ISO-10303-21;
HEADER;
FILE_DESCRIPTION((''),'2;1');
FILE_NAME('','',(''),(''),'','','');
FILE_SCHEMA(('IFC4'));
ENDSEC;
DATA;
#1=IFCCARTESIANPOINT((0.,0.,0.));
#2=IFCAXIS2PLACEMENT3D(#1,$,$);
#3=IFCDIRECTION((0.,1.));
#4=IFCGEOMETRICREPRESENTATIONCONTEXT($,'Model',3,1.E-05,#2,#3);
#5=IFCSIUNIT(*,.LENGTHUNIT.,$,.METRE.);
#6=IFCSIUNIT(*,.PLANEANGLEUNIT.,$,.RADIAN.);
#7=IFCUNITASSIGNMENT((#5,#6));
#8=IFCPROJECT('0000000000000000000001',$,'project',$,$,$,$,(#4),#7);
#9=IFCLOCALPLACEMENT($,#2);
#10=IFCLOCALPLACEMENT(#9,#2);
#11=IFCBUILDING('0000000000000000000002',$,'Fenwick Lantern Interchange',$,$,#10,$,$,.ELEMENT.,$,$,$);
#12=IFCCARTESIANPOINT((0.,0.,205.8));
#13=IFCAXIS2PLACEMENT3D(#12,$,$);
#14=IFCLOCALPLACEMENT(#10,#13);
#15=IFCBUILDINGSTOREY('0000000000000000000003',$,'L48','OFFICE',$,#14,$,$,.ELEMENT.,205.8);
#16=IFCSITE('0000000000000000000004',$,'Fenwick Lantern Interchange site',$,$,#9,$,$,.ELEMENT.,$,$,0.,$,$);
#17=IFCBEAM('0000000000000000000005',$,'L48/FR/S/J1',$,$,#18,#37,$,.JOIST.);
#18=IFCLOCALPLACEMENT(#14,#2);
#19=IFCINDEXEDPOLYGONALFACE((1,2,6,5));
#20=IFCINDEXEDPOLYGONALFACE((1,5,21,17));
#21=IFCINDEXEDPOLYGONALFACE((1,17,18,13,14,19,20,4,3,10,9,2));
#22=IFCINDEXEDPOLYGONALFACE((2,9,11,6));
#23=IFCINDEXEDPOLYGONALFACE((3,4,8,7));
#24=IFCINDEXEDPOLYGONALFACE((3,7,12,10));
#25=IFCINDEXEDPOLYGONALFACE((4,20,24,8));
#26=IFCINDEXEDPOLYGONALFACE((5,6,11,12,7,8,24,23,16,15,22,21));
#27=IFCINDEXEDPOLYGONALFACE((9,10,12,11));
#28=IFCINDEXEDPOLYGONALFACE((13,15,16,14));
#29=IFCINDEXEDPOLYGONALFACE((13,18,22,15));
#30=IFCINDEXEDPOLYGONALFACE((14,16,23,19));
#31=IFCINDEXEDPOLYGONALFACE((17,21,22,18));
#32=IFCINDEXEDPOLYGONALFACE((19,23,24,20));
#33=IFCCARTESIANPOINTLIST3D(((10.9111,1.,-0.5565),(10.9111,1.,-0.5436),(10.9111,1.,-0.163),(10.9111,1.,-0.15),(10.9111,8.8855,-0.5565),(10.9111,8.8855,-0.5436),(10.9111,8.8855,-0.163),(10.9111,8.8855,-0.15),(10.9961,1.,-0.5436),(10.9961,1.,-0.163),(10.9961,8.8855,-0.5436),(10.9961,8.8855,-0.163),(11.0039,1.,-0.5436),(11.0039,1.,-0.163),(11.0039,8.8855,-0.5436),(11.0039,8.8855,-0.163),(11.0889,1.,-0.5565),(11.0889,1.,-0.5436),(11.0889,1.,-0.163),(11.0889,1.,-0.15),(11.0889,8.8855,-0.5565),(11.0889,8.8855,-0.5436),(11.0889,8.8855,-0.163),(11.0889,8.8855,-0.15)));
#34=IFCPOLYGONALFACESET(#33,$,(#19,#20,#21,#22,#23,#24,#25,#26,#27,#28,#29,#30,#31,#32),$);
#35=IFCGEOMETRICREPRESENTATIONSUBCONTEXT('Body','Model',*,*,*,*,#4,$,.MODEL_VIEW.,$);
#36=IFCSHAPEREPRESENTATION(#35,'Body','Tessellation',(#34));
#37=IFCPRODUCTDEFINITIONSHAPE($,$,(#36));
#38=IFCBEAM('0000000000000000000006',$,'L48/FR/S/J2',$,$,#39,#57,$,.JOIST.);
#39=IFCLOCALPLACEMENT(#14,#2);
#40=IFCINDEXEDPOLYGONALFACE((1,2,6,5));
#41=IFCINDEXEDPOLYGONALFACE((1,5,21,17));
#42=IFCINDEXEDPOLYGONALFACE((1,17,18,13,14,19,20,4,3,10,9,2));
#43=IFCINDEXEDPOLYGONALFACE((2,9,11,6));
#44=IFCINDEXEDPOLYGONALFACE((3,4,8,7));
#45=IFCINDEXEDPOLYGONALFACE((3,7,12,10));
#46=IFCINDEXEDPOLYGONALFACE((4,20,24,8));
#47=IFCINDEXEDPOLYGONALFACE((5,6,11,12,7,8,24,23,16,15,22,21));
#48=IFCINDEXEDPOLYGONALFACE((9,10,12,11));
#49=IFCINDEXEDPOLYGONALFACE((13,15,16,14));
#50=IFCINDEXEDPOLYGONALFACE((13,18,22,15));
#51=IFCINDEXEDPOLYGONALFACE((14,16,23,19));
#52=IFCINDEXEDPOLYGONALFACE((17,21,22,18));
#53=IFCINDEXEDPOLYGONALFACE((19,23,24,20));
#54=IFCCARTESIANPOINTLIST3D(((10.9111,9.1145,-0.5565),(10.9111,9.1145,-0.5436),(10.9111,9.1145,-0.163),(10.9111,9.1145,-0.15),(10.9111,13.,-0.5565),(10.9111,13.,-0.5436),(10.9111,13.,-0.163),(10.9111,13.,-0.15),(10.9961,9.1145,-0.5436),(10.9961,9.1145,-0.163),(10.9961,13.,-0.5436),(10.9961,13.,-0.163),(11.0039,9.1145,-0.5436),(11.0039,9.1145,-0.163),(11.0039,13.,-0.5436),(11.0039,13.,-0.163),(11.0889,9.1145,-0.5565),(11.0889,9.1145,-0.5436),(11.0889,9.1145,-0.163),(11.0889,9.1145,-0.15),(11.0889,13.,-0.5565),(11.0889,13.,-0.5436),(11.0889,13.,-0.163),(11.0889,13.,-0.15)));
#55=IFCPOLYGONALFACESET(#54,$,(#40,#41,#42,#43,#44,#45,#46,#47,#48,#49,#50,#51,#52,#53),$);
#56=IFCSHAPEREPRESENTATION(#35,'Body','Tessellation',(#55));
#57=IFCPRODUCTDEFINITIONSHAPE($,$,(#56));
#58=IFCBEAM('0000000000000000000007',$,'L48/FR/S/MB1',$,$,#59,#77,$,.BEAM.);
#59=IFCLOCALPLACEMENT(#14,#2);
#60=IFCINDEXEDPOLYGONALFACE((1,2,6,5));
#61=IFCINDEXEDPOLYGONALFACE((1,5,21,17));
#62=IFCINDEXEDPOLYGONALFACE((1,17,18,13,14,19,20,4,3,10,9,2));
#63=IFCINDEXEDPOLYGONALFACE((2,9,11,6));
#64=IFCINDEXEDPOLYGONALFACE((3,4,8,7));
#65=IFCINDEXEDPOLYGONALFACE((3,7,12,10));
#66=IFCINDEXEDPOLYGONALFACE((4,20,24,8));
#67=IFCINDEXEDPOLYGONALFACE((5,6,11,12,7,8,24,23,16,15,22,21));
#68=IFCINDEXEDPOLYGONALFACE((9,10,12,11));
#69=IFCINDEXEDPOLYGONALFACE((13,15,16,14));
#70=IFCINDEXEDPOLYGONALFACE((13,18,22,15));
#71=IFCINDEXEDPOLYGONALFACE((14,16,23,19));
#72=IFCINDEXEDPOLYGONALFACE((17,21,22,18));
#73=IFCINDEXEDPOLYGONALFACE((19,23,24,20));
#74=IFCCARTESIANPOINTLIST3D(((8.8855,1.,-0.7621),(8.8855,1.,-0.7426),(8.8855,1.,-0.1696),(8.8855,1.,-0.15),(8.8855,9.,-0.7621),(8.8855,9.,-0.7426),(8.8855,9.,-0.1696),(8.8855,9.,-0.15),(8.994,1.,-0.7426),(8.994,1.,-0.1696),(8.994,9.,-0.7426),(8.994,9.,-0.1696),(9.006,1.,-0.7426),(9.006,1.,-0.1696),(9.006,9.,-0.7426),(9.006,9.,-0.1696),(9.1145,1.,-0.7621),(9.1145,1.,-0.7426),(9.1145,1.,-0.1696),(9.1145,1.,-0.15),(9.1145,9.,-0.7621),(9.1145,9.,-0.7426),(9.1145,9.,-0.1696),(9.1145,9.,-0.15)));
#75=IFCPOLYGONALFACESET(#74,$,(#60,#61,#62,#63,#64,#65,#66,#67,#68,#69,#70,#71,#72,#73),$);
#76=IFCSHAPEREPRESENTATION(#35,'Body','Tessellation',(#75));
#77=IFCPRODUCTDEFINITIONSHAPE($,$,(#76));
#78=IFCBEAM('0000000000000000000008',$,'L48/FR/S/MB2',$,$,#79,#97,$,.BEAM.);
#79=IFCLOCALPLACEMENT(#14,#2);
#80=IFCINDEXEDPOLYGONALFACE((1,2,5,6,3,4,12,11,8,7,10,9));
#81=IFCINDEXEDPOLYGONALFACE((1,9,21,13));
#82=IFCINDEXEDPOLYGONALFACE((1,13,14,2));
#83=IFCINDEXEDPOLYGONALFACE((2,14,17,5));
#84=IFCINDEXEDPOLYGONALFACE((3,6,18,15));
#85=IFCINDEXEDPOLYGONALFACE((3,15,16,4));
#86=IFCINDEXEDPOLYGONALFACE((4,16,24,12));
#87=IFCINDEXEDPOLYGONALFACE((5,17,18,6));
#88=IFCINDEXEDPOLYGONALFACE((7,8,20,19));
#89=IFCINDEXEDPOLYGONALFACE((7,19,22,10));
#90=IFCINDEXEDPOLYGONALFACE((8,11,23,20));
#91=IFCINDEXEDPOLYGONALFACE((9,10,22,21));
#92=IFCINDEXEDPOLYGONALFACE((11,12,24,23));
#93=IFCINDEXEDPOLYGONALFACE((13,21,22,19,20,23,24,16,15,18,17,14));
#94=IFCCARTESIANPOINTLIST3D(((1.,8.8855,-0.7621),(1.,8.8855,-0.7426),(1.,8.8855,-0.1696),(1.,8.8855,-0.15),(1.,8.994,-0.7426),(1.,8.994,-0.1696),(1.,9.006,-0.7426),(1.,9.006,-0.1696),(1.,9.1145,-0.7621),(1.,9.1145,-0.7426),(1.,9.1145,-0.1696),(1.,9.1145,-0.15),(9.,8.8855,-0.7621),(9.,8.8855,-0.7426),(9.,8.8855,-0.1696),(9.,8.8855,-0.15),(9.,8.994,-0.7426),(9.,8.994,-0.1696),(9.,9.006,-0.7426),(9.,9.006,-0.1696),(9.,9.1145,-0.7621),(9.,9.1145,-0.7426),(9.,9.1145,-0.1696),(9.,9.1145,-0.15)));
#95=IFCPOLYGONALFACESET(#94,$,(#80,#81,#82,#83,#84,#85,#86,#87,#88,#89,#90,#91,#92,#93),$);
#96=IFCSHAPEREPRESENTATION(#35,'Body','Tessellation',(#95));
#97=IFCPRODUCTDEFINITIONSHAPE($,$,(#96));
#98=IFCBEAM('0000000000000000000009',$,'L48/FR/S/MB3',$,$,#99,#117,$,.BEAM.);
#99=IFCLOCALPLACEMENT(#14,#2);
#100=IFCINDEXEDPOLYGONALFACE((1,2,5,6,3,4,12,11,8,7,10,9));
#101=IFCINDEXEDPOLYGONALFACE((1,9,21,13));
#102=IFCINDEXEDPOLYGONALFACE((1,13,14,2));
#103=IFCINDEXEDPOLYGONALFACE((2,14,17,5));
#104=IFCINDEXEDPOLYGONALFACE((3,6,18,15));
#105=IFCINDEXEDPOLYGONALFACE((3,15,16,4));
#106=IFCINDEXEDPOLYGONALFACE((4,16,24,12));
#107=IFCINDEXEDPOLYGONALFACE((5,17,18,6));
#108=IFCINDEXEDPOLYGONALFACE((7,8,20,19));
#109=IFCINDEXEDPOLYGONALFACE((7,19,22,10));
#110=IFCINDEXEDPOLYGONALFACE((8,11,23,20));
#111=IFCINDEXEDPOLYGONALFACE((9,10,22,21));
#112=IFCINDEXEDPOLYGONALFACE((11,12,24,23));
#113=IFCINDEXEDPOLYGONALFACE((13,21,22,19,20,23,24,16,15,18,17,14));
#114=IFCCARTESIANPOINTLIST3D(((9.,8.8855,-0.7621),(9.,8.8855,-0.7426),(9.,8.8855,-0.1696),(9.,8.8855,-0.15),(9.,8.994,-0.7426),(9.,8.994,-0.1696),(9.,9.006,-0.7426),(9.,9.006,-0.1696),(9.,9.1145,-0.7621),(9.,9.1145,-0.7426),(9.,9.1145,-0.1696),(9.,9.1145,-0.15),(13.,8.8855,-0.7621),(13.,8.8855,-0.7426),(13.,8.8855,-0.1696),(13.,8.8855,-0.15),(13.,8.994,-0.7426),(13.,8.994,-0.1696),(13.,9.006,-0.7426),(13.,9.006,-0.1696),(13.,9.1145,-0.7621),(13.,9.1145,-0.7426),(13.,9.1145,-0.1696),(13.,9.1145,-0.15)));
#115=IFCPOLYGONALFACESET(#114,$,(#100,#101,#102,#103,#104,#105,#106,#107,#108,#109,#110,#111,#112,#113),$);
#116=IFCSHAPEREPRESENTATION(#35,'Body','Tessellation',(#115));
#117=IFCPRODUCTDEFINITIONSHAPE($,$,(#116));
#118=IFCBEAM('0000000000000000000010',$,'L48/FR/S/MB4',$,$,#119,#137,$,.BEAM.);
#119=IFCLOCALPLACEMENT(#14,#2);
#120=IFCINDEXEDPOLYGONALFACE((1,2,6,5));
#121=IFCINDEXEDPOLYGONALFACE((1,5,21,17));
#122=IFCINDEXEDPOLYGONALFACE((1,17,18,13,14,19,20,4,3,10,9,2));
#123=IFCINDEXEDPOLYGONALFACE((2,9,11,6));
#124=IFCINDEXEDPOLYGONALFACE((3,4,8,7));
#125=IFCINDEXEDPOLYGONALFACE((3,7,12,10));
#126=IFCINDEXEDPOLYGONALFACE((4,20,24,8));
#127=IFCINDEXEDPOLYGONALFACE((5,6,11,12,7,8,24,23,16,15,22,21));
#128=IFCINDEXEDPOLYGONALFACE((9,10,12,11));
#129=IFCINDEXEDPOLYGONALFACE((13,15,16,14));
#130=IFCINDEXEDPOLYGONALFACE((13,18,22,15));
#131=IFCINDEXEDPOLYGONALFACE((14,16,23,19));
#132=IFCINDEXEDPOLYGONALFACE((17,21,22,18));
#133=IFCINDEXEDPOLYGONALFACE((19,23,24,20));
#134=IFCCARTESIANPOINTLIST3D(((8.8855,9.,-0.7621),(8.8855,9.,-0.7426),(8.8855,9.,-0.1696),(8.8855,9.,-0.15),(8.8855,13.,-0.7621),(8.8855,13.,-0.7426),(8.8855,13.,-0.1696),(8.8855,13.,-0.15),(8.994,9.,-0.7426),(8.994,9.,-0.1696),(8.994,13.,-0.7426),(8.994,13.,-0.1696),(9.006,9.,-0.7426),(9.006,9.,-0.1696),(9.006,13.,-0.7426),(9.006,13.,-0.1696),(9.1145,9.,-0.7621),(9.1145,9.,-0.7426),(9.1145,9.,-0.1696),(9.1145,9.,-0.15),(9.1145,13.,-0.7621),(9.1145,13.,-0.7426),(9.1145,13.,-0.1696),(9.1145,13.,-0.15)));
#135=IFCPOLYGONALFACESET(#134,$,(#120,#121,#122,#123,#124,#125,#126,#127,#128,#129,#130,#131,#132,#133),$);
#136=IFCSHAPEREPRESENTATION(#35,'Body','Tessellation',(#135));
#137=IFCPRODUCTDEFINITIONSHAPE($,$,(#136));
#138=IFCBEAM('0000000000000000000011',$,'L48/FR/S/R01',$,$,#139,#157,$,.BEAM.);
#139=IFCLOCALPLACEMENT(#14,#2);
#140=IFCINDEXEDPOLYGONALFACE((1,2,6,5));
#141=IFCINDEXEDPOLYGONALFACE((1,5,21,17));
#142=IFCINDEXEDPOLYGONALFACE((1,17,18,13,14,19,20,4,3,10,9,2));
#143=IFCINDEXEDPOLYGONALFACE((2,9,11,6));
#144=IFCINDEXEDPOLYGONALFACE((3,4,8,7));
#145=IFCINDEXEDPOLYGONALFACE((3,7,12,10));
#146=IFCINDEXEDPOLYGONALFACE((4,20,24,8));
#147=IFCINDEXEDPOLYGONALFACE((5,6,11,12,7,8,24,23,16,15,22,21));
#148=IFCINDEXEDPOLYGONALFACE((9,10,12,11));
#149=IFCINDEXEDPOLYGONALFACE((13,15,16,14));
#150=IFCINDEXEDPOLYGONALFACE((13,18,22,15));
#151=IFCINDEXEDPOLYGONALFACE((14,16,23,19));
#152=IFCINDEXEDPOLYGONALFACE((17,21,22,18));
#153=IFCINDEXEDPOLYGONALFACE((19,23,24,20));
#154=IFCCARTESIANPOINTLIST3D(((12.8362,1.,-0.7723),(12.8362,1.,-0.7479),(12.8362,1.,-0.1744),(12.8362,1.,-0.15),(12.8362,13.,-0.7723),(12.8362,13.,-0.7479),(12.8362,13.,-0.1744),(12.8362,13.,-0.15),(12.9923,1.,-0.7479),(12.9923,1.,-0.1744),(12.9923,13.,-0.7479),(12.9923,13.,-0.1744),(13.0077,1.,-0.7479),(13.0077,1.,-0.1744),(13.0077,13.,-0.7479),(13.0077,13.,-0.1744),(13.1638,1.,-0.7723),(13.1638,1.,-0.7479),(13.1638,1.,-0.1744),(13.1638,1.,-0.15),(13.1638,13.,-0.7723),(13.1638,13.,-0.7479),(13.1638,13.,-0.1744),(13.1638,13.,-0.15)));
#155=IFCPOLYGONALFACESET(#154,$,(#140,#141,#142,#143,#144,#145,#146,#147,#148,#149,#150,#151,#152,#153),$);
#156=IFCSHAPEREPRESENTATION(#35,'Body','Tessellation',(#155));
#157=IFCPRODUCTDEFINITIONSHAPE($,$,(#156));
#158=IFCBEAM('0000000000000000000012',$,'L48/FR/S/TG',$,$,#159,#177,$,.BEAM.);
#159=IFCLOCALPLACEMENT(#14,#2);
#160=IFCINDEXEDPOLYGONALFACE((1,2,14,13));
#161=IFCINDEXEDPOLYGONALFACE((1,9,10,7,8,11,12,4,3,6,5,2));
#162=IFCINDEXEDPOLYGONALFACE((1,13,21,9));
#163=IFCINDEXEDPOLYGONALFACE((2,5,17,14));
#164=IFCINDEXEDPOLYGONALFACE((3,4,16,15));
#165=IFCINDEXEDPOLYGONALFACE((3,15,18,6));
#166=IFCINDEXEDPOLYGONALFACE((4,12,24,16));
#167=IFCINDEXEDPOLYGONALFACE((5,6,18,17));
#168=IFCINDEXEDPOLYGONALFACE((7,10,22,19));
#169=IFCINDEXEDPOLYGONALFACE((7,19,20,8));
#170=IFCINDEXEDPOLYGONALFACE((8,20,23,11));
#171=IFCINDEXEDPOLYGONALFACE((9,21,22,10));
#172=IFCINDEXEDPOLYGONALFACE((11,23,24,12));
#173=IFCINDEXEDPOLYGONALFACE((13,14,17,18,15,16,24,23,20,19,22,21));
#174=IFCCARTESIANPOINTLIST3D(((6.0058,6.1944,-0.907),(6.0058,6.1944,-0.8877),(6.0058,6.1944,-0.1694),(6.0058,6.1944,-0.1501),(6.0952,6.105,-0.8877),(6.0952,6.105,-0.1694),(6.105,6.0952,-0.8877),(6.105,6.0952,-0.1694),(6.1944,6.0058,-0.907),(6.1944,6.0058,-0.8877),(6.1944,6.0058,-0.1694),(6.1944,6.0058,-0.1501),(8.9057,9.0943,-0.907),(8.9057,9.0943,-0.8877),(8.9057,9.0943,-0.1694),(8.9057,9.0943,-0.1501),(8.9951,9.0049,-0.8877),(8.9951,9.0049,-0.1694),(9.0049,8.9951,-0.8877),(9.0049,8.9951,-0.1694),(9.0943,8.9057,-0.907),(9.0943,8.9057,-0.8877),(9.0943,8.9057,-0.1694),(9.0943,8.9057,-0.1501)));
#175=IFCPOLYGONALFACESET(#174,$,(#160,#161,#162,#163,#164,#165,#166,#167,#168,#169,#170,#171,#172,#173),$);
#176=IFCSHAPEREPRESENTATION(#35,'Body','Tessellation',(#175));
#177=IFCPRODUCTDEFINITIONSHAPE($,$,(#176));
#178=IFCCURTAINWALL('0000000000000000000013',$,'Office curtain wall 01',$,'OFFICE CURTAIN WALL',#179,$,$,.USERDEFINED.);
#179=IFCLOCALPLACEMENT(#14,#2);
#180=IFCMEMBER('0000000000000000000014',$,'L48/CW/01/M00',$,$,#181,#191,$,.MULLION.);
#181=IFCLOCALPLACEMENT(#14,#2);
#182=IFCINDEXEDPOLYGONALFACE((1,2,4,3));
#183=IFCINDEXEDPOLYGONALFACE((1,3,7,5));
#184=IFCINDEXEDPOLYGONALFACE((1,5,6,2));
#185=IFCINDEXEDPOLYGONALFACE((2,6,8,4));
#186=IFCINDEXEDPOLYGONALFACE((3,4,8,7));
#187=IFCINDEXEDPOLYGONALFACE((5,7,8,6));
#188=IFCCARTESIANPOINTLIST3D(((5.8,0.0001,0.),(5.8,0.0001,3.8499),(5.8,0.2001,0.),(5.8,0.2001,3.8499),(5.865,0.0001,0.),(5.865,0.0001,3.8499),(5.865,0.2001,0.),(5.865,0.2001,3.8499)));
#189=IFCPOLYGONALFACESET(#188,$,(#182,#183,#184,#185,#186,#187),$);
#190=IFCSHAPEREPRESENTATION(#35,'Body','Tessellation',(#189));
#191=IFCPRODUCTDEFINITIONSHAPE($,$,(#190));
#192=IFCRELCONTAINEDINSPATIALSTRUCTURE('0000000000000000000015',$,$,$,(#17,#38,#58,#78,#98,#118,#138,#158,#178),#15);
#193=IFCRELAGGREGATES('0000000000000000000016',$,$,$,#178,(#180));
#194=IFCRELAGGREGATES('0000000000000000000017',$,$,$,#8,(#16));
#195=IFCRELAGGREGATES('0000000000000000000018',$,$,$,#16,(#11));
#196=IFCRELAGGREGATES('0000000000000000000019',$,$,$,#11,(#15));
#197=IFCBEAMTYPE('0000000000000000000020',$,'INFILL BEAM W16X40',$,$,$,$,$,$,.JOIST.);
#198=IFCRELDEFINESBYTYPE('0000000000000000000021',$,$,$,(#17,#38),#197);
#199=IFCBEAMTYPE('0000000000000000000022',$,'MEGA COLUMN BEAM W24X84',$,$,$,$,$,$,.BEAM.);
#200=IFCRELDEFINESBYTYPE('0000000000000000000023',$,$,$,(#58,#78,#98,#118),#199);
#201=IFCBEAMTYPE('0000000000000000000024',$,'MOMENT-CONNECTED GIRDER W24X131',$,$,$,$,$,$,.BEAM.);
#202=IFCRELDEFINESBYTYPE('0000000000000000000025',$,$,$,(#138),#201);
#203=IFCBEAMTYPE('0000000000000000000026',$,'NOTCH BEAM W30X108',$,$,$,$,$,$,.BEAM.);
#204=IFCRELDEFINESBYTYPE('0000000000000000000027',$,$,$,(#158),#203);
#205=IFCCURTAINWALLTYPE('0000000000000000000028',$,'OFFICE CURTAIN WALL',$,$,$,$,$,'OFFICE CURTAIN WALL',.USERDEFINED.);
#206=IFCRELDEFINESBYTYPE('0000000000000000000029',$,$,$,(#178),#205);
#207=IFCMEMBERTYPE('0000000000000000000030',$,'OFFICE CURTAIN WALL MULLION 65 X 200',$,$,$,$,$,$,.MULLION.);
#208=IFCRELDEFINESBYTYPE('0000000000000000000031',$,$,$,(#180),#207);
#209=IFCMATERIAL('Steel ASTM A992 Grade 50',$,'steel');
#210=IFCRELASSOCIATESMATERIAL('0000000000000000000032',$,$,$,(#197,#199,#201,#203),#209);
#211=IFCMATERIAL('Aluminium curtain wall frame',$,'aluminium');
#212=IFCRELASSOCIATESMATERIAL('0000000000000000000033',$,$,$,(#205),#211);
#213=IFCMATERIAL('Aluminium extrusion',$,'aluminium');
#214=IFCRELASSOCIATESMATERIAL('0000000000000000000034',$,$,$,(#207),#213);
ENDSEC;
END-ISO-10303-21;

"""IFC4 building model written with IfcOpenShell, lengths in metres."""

from ifc_helpers import new_model, si_unit, direction, frame, origin, origin_2d, place, context, subcontext, project, spatial, rectangle, i_section, extrude, material, material_profile, profile_set, type_object, element, aggregate, save


model = new_model("IFC4")

# Units and contexts
model_context = context("Model", 3, precision=1e-05, world=origin(), true_north=direction((0.0, 1.0)))
body_context = subcontext(model_context, "Body", "Model", "MODEL_VIEW")
ifc_project = project(units=[si_unit("LENGTHUNIT", "METRE"), si_unit("PLANEANGLEUNIT", "RADIAN")], contexts=[model_context])

# Site, building, storey
site_placement = place(None, origin())
site = spatial("IfcSite", under=ifc_project, at=site_placement, Name="Fenwick Lantern Interchange site", CompositionType="ELEMENT", RefElevation=0.0)
building_placement = place(site_placement, origin())
building = spatial("IfcBuilding", under=site, at=building_placement, Name="Fenwick Lantern Interchange", CompositionType="ELEMENT")
storey_placement = place(building_placement, frame((0.0, 0.0, 205.8)))
storey = spatial("IfcBuildingStorey", under=building, at=storey_placement, Name="L48", Description="OFFICE", CompositionType="ELEMENT", Elevation=205.8)

# Shared definitions
ifc_material_1 = material(Name="Steel ASTM A992 Grade 50", Category="steel")

# Beams
ifc_material_profile_1 = material_profile(ifc_material_1, i_section(OverallWidth=0.1777, OverallDepth=0.4065, WebThickness=0.0078, FlangeThickness=0.0129, at=origin_2d()), Name="W16X40")
ifc_profile_set_1 = profile_set([ifc_material_profile_1], Name="Steel ASTM A992 Grade 50")
beam_type_1 = type_object("IfcBeamType", Name="INFILL BEAM W16X40", PredefinedType="JOIST", material=ifc_profile_set_1)
beam_1_placement = place(storey_placement, frame((11.0, 1.0, -0.3533), z_axis=(0.0, 1.0, 0.0), x_axis=(-1.0, 0.0, 0.0)))
element("IfcBeam", 1, at=beam_1_placement, inside=storey, type_object=beam_type_1, Name="L48/FR/S/J1", PredefinedType="JOIST", context=body_context, shape_type="SweptSolid", body=[
    extrude(i_section(OverallWidth=0.1777, OverallDepth=0.4065, WebThickness=0.0078, FlangeThickness=0.0129, at=origin_2d()), origin(), (0.0, 0.0, 1.0), 7.8855),
])
beam_2_placement = place(storey_placement, frame((11.0, 9.1145, -0.3533), z_axis=(0.0, 1.0, 0.0), x_axis=(-1.0, 0.0, 0.0)))
element("IfcBeam", 2, at=beam_2_placement, inside=storey, type_object=beam_type_1, Name="L48/FR/S/J2", PredefinedType="JOIST", context=body_context, shape_type="SweptSolid", body=[
    extrude(i_section(OverallWidth=0.1777, OverallDepth=0.4065, WebThickness=0.0078, FlangeThickness=0.0129, at=origin_2d()), origin(), (0.0, 0.0, 1.0), 3.8855),
])
ifc_material_profile_2 = material_profile(ifc_material_1, i_section(OverallWidth=0.229, OverallDepth=0.6121, WebThickness=0.012, FlangeThickness=0.0195, at=origin_2d()), Name="W24X84")
ifc_profile_set_2 = profile_set([ifc_material_profile_2], Name="Steel ASTM A992 Grade 50")
beam_type_2 = type_object("IfcBeamType", Name="MEGA COLUMN BEAM W24X84", PredefinedType="BEAM", material=ifc_profile_set_2)
for number, where, z_axis, x_axis, name in (
    (3, (9.0, 9.0, -0.4561), (0.0, -1.0, 0.0), (1.0, 0.0, 0.0), "L48/FR/S/MB1"),
    (4, (9.0, 9.0, -0.4561), (-1.0, 0.0, 0.0), (0.0, -1.0, 0.0), "L48/FR/S/MB2"),
):
    element("IfcBeam", number, at=place(storey_placement, frame(where, z_axis=z_axis, x_axis=x_axis)), inside=storey, type_object=beam_type_2, Name=name, PredefinedType="BEAM", context=body_context, shape_type="SweptSolid", body=[
        extrude(i_section(OverallWidth=0.229, OverallDepth=0.6121, WebThickness=0.012, FlangeThickness=0.0195, at=origin_2d()), origin(), (0.0, 0.0, 1.0), 8.0),
    ])
for number, where, z_axis, x_axis, name in (
    (5, (9.0, 9.0, -0.4561), (1.0, 0.0, 0.0), (0.0, 1.0, 0.0), "L48/FR/S/MB3"),
    (6, (9.0, 9.0, -0.4561), (0.0, 1.0, 0.0), (-1.0, 0.0, 0.0), "L48/FR/S/MB4"),
):
    element("IfcBeam", number, at=place(storey_placement, frame(where, z_axis=z_axis, x_axis=x_axis)), inside=storey, type_object=beam_type_2, Name=name, PredefinedType="BEAM", context=body_context, shape_type="SweptSolid", body=[
        extrude(i_section(OverallWidth=0.229, OverallDepth=0.6121, WebThickness=0.012, FlangeThickness=0.0195, at=origin_2d()), origin(), (0.0, 0.0, 1.0), 4.0),
    ])
ifc_material_profile_3 = material_profile(ifc_material_1, i_section(OverallWidth=0.3276, OverallDepth=0.6223, WebThickness=0.0154, FlangeThickness=0.0244, at=origin_2d()), Name="W24X131")
ifc_profile_set_3 = profile_set([ifc_material_profile_3], Name="Steel ASTM A992 Grade 50")
beam_type_3 = type_object("IfcBeamType", Name="MOMENT-CONNECTED GIRDER W24X131", PredefinedType="BEAM", material=ifc_profile_set_3)
beam_3_placement = place(storey_placement, frame((13.0, 1.0, -0.4612), z_axis=(0.0, 1.0, 0.0), x_axis=(-1.0, 0.0, 0.0)))
element("IfcBeam", 7, at=beam_3_placement, inside=storey, type_object=beam_type_3, Name="L48/FR/S/R01", PredefinedType="BEAM", context=body_context, shape_type="SweptSolid", body=[
    extrude(i_section(OverallWidth=0.3276, OverallDepth=0.6223, WebThickness=0.0154, FlangeThickness=0.0244, at=origin_2d()), origin(), (0.0, 0.0, 1.0), 12.0),
])
ifc_material_profile_4 = material_profile(ifc_material_1, i_section(OverallWidth=0.2666, OverallDepth=0.7568, WebThickness=0.0139, FlangeThickness=0.0193, at=origin_2d()), Name="W30X108")
ifc_profile_set_4 = profile_set([ifc_material_profile_4], Name="Steel ASTM A992 Grade 50")
beam_type_4 = type_object("IfcBeamType", Name="NOTCH BEAM W30X108", PredefinedType="BEAM", material=ifc_profile_set_4)
beam_4_placement = place(storey_placement, frame((9.0, 9.0, -0.5286), z_axis=(-0.707107, -0.707107, 0.0), x_axis=(0.707107, -0.707107, 0.0)))
element("IfcBeam", 8, at=beam_4_placement, inside=storey, type_object=beam_type_4, Name="L48/FR/S/TG", PredefinedType="BEAM", context=body_context, shape_type="SweptSolid", body=[
    extrude(i_section(OverallWidth=0.2666, OverallDepth=0.7568, WebThickness=0.0139, FlangeThickness=0.0193, at=origin_2d()), origin(), (0.0, 0.0, 1.0), 4.1011),
])

# Curtain wall, member
ifc_material_2 = material(Name="Aluminium curtain wall frame", Category="aluminium")
curtain_wall_type = type_object("IfcCurtainWallType", Name="OFFICE CURTAIN WALL", ElementType="OFFICE CURTAIN WALL", PredefinedType="USERDEFINED", material=ifc_material_2)
curtain_wall_1_placement = place(storey_placement, origin())
curtain_wall_1 = element("IfcCurtainWall", 9, at=curtain_wall_1_placement, inside=storey, type_object=curtain_wall_type, Name="Office curtain wall 01", ObjectType="OFFICE CURTAIN WALL", PredefinedType="USERDEFINED")
ifc_material_3 = material(Name="Aluminium extrusion", Category="aluminium")
ifc_material_profile_5 = material_profile(ifc_material_3, rectangle(XDim=0.2, YDim=0.0649, at=origin_2d()), Name="OFFICE CURTAIN WALL MULLION 65 X 200")
ifc_profile_set_5 = profile_set([ifc_material_profile_5], Name="Aluminium extrusion")
member_type_1 = type_object("IfcMemberType", Name="OFFICE CURTAIN WALL MULLION 65 X 200", PredefinedType="MULLION", material=ifc_profile_set_5)
member_1_placement = place(storey_placement, frame((5.8325, 0.1001, 0.0), z_axis=(0.0, 0.0, 1.0), x_axis=(0.0, 1.0, 0.0)))
member_1 = element("IfcMember", 10, at=member_1_placement, type_object=member_type_1, Name="L48/CW/01/M00", PredefinedType="MULLION", context=body_context, shape_type="SweptSolid", body=[
    extrude(rectangle(XDim=0.2, YDim=0.0649, at=origin_2d()), origin(), (0.0, 0.0, 1.0), 3.8499),
])

aggregate(curtain_wall_1, [member_1])

save(model, "model.ifc")
